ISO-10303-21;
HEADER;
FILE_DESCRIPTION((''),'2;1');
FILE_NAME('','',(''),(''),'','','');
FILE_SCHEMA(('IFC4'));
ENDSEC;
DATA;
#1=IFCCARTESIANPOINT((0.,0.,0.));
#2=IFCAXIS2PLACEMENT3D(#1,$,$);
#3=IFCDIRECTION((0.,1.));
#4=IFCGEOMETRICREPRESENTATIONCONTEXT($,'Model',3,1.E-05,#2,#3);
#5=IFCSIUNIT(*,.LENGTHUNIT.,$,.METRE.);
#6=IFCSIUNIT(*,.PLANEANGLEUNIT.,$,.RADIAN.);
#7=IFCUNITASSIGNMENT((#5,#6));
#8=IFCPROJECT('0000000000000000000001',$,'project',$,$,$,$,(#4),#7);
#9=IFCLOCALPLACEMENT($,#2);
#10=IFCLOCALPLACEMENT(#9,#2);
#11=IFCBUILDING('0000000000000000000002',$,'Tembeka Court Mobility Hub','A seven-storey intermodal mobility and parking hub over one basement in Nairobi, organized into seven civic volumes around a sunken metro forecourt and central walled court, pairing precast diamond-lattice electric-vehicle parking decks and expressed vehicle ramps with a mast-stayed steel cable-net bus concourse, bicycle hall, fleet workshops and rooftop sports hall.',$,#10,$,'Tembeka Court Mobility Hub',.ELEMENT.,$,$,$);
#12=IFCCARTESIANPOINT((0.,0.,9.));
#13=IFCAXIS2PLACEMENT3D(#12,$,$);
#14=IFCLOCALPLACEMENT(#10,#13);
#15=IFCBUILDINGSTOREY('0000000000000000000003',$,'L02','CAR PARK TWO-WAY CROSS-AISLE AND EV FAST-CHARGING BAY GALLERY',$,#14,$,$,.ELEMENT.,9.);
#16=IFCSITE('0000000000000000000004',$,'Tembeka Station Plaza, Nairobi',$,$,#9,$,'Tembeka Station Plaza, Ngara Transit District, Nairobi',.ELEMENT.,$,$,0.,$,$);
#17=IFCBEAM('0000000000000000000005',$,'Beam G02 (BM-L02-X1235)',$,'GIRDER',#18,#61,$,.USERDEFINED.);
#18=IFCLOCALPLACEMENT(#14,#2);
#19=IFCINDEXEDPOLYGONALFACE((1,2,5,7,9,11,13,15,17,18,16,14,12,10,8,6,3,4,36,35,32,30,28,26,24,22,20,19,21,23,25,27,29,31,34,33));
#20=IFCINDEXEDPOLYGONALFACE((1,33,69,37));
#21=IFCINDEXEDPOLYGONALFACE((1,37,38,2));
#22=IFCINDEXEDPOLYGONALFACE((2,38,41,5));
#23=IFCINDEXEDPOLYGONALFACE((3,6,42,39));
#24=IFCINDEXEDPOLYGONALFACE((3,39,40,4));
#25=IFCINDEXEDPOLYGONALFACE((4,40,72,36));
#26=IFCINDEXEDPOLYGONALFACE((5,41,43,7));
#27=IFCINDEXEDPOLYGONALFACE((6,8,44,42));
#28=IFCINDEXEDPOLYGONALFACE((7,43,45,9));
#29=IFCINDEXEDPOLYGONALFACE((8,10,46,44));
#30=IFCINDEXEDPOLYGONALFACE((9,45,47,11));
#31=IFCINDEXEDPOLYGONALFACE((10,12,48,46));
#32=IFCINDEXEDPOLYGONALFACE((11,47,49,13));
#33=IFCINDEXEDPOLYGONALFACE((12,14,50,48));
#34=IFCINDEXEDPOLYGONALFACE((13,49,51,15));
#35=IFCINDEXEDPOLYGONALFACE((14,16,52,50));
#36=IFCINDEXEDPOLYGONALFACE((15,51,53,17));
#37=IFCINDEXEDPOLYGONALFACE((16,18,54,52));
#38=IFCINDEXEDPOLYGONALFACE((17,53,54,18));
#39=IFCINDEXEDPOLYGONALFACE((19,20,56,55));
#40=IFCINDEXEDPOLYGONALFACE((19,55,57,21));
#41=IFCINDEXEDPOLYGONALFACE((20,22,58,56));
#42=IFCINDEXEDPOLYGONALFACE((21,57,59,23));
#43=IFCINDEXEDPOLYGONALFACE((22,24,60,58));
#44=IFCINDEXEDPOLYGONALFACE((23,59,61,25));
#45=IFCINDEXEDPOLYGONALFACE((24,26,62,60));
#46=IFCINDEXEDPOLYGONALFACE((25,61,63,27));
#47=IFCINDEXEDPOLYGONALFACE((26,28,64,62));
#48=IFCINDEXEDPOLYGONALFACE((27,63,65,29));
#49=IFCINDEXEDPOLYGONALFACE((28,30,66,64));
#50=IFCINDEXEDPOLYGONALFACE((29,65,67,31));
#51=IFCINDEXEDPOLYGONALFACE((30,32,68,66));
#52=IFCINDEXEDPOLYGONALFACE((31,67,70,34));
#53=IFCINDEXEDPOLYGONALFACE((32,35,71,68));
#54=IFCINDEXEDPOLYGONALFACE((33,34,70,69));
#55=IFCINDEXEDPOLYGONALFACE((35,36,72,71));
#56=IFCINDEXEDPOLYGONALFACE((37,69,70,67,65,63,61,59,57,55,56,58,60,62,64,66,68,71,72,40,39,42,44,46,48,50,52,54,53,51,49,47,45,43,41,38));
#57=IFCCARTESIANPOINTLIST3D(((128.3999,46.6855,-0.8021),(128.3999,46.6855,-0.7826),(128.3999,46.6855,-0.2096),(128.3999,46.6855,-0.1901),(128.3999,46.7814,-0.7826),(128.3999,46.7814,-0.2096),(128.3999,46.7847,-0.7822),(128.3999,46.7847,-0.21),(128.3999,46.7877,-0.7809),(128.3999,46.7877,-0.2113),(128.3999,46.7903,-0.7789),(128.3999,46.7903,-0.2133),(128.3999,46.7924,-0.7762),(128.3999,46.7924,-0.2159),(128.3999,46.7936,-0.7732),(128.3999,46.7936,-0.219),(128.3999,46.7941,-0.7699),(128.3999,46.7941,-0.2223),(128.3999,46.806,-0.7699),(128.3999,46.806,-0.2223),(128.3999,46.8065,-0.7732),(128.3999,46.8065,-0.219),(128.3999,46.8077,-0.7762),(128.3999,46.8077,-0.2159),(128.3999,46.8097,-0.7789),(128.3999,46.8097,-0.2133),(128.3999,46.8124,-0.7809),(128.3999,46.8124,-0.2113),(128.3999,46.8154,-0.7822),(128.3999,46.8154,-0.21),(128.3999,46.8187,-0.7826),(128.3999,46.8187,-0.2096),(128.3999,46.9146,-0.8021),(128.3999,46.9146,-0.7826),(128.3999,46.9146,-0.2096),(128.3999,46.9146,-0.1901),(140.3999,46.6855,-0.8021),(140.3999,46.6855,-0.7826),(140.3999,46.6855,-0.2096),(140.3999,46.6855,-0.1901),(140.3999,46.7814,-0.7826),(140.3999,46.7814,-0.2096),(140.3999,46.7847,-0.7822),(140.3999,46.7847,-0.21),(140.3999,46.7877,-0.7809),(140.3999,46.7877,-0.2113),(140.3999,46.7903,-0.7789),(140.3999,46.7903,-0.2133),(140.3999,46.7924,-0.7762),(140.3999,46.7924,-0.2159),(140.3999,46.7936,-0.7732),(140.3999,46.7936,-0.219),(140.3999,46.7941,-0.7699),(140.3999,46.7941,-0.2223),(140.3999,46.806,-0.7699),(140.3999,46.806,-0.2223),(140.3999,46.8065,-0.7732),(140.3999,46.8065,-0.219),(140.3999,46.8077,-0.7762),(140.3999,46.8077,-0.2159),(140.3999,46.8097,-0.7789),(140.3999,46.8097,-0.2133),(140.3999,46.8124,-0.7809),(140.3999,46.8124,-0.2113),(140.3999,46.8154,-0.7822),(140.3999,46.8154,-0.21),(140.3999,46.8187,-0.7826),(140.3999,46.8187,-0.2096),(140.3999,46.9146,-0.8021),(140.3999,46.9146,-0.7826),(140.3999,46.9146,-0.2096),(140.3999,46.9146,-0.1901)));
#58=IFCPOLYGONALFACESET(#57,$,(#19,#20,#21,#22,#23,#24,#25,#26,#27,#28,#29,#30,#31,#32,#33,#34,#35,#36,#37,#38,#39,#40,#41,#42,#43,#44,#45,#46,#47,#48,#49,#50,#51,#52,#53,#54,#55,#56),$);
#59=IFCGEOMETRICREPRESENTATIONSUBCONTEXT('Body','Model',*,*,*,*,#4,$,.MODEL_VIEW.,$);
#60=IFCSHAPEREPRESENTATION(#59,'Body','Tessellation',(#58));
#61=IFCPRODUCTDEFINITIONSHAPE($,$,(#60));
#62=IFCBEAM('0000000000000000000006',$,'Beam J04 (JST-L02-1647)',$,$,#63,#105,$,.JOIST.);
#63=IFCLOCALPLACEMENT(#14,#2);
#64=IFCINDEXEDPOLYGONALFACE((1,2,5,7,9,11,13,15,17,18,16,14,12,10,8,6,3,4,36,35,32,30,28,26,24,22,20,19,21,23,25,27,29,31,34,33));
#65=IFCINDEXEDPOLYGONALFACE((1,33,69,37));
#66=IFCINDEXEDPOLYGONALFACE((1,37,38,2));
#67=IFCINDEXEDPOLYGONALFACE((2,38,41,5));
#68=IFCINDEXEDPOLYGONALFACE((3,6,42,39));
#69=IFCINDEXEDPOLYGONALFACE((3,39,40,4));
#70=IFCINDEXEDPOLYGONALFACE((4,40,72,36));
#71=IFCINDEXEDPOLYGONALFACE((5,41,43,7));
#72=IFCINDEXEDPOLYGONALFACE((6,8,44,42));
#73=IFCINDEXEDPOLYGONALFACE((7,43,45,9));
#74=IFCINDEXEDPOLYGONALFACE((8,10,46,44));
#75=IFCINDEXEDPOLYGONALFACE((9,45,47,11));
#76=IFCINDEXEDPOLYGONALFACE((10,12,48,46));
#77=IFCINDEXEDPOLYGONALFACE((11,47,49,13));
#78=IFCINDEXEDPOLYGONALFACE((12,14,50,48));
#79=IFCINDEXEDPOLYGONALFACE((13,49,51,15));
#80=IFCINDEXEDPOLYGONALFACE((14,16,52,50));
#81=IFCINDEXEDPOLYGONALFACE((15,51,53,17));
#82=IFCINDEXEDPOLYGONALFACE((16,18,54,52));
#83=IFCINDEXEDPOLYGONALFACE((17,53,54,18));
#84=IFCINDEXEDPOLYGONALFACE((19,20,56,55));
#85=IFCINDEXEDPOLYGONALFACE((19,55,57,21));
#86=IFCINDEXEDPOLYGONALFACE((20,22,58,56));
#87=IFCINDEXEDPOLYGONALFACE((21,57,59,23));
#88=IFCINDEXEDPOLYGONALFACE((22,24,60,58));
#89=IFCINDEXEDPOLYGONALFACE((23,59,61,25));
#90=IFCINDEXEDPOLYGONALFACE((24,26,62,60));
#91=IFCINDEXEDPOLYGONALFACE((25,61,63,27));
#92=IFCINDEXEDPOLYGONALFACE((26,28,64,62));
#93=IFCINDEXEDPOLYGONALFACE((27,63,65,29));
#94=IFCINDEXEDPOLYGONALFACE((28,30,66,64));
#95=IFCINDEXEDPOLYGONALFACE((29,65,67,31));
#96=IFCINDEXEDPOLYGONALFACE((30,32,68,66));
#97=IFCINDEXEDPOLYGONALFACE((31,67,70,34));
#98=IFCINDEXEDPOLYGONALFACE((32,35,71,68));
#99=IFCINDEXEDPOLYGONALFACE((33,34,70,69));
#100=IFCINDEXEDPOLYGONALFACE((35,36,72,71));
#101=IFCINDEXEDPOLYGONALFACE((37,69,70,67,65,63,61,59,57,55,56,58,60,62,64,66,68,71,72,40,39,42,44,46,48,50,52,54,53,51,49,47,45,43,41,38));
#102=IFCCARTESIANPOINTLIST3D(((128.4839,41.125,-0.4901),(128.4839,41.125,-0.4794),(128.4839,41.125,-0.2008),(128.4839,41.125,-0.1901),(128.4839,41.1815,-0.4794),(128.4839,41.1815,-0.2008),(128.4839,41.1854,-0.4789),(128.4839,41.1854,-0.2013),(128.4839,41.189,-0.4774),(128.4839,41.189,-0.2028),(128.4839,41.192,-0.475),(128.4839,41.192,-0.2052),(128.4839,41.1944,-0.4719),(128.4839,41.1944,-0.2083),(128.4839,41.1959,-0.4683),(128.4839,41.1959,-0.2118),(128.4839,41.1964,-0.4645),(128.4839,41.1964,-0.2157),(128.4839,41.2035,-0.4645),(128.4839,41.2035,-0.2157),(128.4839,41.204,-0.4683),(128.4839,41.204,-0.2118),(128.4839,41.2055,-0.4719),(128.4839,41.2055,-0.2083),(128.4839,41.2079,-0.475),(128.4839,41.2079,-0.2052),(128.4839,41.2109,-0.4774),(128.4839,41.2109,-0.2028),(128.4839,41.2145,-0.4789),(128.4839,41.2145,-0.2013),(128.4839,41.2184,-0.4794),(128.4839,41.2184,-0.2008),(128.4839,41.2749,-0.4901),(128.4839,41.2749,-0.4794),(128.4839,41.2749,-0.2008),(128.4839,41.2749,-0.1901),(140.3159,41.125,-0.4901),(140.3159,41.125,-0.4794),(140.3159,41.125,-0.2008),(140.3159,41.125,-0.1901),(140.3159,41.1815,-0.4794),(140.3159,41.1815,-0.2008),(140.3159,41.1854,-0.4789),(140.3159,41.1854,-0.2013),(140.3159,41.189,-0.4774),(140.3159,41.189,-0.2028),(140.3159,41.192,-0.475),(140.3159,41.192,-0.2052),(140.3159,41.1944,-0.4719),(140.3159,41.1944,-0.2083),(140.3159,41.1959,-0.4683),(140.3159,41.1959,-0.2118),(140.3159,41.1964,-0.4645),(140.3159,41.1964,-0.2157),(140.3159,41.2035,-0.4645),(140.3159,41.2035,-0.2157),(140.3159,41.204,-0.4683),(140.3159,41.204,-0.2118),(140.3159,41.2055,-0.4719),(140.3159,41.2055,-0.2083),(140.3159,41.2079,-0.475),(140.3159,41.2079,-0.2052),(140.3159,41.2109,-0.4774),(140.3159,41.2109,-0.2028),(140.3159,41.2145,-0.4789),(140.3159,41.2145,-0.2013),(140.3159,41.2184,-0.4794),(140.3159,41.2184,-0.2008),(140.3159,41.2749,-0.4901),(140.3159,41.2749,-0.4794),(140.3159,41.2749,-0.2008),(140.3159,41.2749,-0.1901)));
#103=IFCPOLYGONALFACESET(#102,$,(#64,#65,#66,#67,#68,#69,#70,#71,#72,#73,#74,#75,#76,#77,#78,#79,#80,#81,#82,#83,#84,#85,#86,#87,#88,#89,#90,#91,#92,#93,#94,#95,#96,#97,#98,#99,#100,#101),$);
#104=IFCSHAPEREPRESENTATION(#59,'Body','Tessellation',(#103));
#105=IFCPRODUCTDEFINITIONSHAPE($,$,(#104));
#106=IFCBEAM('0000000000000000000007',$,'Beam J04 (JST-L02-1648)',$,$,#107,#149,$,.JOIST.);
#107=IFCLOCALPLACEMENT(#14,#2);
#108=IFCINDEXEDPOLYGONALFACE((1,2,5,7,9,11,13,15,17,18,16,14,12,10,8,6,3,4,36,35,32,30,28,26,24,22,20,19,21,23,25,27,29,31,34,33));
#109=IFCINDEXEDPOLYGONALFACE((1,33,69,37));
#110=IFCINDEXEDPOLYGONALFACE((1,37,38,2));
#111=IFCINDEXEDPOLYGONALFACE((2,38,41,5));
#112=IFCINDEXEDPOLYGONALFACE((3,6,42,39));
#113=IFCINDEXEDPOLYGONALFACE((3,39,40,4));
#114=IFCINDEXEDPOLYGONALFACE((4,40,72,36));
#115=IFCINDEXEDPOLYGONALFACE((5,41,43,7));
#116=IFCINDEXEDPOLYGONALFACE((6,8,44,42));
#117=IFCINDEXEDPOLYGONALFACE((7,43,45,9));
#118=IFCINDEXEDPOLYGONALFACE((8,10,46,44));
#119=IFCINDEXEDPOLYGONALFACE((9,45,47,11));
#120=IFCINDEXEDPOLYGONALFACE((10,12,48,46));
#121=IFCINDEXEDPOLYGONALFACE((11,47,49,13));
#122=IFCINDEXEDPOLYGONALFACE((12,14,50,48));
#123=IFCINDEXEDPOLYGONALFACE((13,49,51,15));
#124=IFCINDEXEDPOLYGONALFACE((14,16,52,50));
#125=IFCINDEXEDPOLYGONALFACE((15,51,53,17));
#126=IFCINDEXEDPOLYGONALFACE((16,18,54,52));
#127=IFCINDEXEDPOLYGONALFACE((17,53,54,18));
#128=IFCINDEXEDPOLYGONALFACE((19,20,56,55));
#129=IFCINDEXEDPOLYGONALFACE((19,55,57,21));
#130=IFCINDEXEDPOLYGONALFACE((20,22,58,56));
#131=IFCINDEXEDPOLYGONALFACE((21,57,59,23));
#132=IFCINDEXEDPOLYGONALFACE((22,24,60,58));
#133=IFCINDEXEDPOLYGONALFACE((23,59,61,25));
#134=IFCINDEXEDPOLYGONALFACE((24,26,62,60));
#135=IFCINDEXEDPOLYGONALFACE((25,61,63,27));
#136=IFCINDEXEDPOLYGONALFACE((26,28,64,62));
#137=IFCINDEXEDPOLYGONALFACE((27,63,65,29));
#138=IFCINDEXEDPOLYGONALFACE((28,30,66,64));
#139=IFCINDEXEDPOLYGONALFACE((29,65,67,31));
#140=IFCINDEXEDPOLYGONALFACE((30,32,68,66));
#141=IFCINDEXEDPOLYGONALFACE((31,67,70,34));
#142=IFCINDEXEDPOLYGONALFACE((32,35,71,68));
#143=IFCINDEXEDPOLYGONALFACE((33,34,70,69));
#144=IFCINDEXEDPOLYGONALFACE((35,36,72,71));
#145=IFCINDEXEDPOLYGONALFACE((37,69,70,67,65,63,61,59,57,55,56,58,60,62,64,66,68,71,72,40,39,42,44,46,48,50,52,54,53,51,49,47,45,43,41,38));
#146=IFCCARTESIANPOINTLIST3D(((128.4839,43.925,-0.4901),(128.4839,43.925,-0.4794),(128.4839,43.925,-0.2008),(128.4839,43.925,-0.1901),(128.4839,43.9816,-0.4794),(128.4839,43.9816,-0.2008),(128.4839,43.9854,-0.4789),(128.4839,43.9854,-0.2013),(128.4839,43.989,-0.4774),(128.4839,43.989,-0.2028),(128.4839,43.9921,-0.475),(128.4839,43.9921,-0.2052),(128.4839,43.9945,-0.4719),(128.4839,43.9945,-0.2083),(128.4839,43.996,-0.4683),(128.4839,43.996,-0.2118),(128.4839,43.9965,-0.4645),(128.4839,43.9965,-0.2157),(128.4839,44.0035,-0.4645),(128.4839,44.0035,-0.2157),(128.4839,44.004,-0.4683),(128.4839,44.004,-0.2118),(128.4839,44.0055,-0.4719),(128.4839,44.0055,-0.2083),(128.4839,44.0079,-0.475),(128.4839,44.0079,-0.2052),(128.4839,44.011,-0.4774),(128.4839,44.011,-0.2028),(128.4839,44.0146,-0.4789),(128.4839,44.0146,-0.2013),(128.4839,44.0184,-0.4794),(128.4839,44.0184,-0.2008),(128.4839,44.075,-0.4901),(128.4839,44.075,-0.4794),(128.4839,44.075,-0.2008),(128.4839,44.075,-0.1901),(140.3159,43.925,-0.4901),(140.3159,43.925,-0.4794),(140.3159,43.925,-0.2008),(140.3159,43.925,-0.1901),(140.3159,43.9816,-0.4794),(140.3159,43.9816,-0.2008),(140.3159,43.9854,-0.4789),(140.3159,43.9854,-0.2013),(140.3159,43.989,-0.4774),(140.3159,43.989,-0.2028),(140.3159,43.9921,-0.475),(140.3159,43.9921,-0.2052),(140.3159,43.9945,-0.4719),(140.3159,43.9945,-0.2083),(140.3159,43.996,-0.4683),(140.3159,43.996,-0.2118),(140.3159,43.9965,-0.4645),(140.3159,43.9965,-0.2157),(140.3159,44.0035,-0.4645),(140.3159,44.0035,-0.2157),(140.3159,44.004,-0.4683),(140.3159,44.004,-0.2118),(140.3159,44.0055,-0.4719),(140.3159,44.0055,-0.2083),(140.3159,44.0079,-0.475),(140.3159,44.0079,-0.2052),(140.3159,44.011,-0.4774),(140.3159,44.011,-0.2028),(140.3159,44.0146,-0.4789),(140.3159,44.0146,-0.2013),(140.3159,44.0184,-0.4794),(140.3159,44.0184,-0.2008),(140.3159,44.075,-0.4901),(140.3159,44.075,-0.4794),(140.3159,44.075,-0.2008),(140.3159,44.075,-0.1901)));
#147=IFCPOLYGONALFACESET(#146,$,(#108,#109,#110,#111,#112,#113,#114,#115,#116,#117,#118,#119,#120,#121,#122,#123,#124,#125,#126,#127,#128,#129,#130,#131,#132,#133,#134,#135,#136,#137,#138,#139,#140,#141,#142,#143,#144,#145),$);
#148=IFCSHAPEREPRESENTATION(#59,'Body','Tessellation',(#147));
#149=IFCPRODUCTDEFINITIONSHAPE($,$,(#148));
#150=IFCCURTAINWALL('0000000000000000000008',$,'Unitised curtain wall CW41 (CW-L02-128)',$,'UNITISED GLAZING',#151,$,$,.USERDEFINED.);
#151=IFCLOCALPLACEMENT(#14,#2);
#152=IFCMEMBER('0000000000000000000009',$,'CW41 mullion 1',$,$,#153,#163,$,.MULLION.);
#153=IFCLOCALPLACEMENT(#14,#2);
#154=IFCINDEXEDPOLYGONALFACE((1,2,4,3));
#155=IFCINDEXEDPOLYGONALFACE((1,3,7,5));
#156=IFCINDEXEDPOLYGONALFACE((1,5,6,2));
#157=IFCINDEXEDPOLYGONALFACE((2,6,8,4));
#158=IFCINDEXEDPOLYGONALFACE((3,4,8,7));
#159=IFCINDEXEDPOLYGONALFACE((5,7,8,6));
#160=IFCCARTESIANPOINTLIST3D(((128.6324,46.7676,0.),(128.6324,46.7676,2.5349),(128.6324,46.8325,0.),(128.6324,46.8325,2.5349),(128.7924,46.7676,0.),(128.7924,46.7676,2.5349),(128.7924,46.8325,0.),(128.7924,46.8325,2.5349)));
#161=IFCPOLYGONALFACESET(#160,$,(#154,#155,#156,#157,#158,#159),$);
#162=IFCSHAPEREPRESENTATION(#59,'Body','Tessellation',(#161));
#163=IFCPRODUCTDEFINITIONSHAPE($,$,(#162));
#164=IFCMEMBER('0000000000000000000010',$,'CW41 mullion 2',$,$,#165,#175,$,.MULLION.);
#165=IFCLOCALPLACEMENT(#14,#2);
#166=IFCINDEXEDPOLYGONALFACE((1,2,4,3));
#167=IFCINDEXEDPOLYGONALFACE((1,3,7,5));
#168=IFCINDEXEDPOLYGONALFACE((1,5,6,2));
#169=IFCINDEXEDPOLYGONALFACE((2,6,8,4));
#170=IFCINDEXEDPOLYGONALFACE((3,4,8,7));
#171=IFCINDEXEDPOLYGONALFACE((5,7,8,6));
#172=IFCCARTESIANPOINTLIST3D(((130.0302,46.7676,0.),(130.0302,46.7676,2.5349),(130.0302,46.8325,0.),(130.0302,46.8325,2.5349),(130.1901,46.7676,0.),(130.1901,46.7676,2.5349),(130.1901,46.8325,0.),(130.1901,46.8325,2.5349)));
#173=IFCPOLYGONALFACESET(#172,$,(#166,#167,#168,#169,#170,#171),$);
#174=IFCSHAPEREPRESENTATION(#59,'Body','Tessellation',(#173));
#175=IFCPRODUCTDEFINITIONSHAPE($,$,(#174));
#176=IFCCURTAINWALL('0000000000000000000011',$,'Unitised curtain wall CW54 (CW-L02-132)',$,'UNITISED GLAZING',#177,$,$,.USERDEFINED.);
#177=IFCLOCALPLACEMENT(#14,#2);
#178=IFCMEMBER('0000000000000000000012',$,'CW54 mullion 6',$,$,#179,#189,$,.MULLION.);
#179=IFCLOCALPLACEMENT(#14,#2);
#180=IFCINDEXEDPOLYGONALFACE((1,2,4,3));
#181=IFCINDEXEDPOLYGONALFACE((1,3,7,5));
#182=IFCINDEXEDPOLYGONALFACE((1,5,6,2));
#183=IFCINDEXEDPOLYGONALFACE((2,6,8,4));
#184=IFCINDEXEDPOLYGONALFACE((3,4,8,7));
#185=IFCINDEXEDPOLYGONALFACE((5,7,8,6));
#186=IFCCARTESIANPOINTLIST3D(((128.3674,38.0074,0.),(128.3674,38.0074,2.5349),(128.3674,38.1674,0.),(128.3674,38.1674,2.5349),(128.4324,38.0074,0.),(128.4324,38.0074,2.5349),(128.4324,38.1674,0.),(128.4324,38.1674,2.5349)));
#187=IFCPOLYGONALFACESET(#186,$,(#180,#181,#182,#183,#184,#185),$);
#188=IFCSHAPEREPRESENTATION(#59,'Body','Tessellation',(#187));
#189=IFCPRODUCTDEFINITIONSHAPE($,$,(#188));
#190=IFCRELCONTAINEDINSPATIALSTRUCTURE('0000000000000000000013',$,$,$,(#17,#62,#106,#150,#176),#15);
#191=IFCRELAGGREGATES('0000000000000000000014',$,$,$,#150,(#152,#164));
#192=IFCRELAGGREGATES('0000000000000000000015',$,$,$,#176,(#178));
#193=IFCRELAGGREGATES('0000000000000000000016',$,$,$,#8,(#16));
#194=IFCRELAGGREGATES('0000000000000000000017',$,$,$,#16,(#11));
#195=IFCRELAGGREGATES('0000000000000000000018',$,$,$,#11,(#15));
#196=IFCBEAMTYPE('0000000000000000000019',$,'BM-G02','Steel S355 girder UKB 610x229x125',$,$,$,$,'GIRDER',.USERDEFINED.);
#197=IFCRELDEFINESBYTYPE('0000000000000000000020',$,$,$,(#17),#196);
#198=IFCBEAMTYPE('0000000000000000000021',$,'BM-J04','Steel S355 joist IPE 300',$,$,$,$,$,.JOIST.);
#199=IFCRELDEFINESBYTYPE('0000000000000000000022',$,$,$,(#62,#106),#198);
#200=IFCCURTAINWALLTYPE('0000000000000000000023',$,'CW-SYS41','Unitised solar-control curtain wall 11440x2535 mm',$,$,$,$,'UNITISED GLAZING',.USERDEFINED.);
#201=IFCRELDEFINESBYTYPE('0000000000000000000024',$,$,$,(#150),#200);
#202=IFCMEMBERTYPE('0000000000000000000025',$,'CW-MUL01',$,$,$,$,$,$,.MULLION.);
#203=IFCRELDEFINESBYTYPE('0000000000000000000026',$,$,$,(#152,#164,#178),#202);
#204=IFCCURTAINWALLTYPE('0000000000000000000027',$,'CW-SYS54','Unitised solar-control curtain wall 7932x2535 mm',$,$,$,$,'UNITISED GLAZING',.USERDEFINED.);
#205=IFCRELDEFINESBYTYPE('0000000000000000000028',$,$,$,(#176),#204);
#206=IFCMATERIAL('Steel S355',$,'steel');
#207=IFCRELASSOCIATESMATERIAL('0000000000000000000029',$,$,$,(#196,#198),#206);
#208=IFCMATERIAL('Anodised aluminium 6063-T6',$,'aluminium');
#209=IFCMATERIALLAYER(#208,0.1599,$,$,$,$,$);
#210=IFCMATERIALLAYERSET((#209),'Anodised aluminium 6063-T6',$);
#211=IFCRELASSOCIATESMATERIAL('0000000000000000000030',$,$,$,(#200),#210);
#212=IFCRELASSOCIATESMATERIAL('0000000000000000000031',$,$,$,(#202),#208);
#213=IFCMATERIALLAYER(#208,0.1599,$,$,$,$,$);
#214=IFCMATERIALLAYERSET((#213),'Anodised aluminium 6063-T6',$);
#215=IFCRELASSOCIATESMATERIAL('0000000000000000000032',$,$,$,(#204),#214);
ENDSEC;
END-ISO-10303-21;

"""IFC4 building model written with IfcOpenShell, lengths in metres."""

from ifc_helpers import new_model, si_unit, direction, frame, origin, origin_2d, place, context, subcontext, project, spatial, rectangle, i_section, extrude, material, layer, layer_set, material_profile, profile_set, type_object, element, aggregate, save


model = new_model("IFC4")

# Units and contexts
model_context = context("Model", 3, precision=1e-05, world=origin(), true_north=direction((0.0, 1.0)))
body_context = subcontext(model_context, "Body", "Model", "MODEL_VIEW")
ifc_project = project(units=[si_unit("LENGTHUNIT", "METRE"), si_unit("PLANEANGLEUNIT", "RADIAN")], contexts=[model_context])

# Site, building, storey
site_placement = place(None, origin())
site = spatial("IfcSite", under=ifc_project, at=site_placement, Name="Tembeka Station Plaza, Nairobi", LongName="Tembeka Station Plaza, Ngara Transit District, Nairobi", CompositionType="ELEMENT", RefElevation=0.0)
building_placement = place(site_placement, origin())
building = spatial("IfcBuilding", under=site, at=building_placement, Name="Tembeka Court Mobility Hub", Description="A seven-storey intermodal mobility and parking hub over one basement in Nairobi, organized into seven civic volumes around a sunken metro forecourt and central walled court, pairing precast diamond-lattice electric-vehicle parking decks and expressed vehicle ramps with a mast-stayed steel cable-net bus concourse, bicycle hall, fleet workshops and rooftop sports hall.", LongName="Tembeka Court Mobility Hub", CompositionType="ELEMENT")
storey_placement = place(building_placement, frame((0.0, 0.0, 9.0)))
storey = spatial("IfcBuildingStorey", under=building, at=storey_placement, Name="L02", Description="CAR PARK TWO-WAY CROSS-AISLE AND EV FAST-CHARGING BAY GALLERY", CompositionType="ELEMENT", Elevation=9.0)

# Shared definitions
ifc_material_1 = material(Name="Steel S355", Category="steel")

# Beams
ifc_material_profile_1 = material_profile(ifc_material_1, i_section(OverallWidth=0.229, OverallDepth=0.6121, WebThickness=0.012, FlangeThickness=0.0195, FilletRadius=0.0127, at=origin_2d()), Name="UKB 610x229x125")
ifc_profile_set_1 = profile_set([ifc_material_profile_1], Name="Steel S355")
beam_type_1 = type_object("IfcBeamType", Name="BM-G02", Description="Steel S355 girder UKB 610x229x125", ElementType="GIRDER", PredefinedType="USERDEFINED", material=ifc_profile_set_1)
for number, where, z_axis, x_axis, name in (
    (1, (128.3999, 46.8, -0.4961), (1.0, 0.0, 0.0), (0.0, 1.0, 0.0), "Beam G02 (BM-L02-X1235)"),
):
    element("IfcBeam", number, at=place(storey_placement, frame(where, z_axis=z_axis, x_axis=x_axis)), inside=storey, type_object=beam_type_1, Name=name, ObjectType="GIRDER", PredefinedType="USERDEFINED", context=body_context, shape_type="SweptSolid", body=[
        extrude(i_section(OverallWidth=0.229, OverallDepth=0.6121, WebThickness=0.012, FlangeThickness=0.0195, FilletRadius=0.0127, at=origin_2d()), origin(), (0.0, 0.0, 1.0), 12.0),
    ])
ifc_material_profile_2 = material_profile(ifc_material_1, i_section(OverallWidth=0.1499, OverallDepth=0.3, WebThickness=0.0071, FlangeThickness=0.0107, FilletRadius=0.0149, at=origin_2d()), Name="IPE 300")
ifc_profile_set_2 = profile_set([ifc_material_profile_2], Name="Steel S355")
beam_type_2 = type_object("IfcBeamType", Name="BM-J04", Description="Steel S355 joist IPE 300", PredefinedType="JOIST", material=ifc_profile_set_2)
for number, where, z_axis, x_axis, name in (
    (2, (128.4839, 41.2, -0.3401), (1.0, 0.0, 0.0), (0.0, 1.0, 0.0), "Beam J04 (JST-L02-1647)"),
    (3, (128.4839, 44.0, -0.3401), (1.0, 0.0, 0.0), (0.0, 1.0, 0.0), "Beam J04 (JST-L02-1648)"),
):
    element("IfcBeam", number, at=place(storey_placement, frame(where, z_axis=z_axis, x_axis=x_axis)), inside=storey, type_object=beam_type_2, Name=name, PredefinedType="JOIST", context=body_context, shape_type="SweptSolid", body=[
        extrude(i_section(OverallWidth=0.1499, OverallDepth=0.3, WebThickness=0.0071, FlangeThickness=0.0107, FilletRadius=0.0149, at=origin_2d()), origin(), (0.0, 0.0, 1.0), 11.832),
    ])

# Curtain wall, members
ifc_material_2 = material(Name="Anodised aluminium 6063-T6", Category="aluminium")
ifc_layer_1 = layer(ifc_material_2, 0.1599)
ifc_layer_set_1 = layer_set([ifc_layer_1], Name="Anodised aluminium 6063-T6")
curtain_wall_type_1 = type_object("IfcCurtainWallType", Name="CW-SYS41", Description="Unitised solar-control curtain wall 11440x2535 mm", ElementType="UNITISED GLAZING", PredefinedType="USERDEFINED", material=ifc_layer_set_1)
curtain_wall_1_placement = place(storey_placement, origin())
curtain_wall_1 = element("IfcCurtainWall", 4, at=curtain_wall_1_placement, inside=storey, type_object=curtain_wall_type_1, Name="Unitised curtain wall CW41 (CW-L02-128)", ObjectType="UNITISED GLAZING", PredefinedType="USERDEFINED")
ifc_material_profile_3 = material_profile(ifc_material_2, rectangle(XDim=0.0649, YDim=0.1599, at=origin_2d()), Name="ALU-MUL 65x160")
ifc_profile_set_3 = profile_set([ifc_material_profile_3], Name="Anodised aluminium 6063-T6")
member_type_1 = type_object("IfcMemberType", Name="CW-MUL01", PredefinedType="MULLION", material=ifc_profile_set_3)
member_1_placement = place(storey_placement, frame((128.7124, 46.8, 0.0), z_axis=(0.0, 0.0, 1.0), x_axis=(0.0, 1.0, 0.0)))
member_1 = element("IfcMember", 5, at=member_1_placement, type_object=member_type_1, Name="CW41 mullion 1", PredefinedType="MULLION", context=body_context, shape_type="SweptSolid", body=[
    extrude(rectangle(XDim=0.0649, YDim=0.1599, at=origin_2d()), origin(), (0.0, 0.0, 1.0), 2.5349),
])
member_2_placement = place(storey_placement, frame((130.1101, 46.8, 0.0), z_axis=(0.0, 0.0, 1.0), x_axis=(0.0, 1.0, 0.0)))
member_2 = element("IfcMember", 6, at=member_2_placement, type_object=member_type_1, Name="CW41 mullion 2", PredefinedType="MULLION", context=body_context, shape_type="SweptSolid", body=[
    extrude(rectangle(XDim=0.0649, YDim=0.1599, at=origin_2d()), origin(), (0.0, 0.0, 1.0), 2.5349),
])

# Curtain wall, member
ifc_layer_2 = layer(ifc_material_2, 0.1599)
ifc_layer_set_2 = layer_set([ifc_layer_2], Name="Anodised aluminium 6063-T6")
curtain_wall_type_2 = type_object("IfcCurtainWallType", Name="CW-SYS54", Description="Unitised solar-control curtain wall 7932x2535 mm", ElementType="UNITISED GLAZING", PredefinedType="USERDEFINED", material=ifc_layer_set_2)
curtain_wall_2_placement = place(storey_placement, origin())
curtain_wall_2 = element("IfcCurtainWall", 7, at=curtain_wall_2_placement, inside=storey, type_object=curtain_wall_type_2, Name="Unitised curtain wall CW54 (CW-L02-132)", ObjectType="UNITISED GLAZING", PredefinedType="USERDEFINED")
member_3_placement = place(storey_placement, frame((128.3999, 38.0874, 0.0), z_axis=(0.0, 0.0, 1.0), x_axis=(-1.0, 0.0, 0.0)))
member_3 = element("IfcMember", 8, at=member_3_placement, type_object=member_type_1, Name="CW54 mullion 6", PredefinedType="MULLION", context=body_context, shape_type="SweptSolid", body=[
    extrude(rectangle(XDim=0.0649, YDim=0.1599, at=origin_2d()), origin(), (0.0, 0.0, 1.0), 2.5349),
])

aggregate(curtain_wall_1, [member_1, member_2])
aggregate(curtain_wall_2, [member_3])

save(model, "model.ifc")
